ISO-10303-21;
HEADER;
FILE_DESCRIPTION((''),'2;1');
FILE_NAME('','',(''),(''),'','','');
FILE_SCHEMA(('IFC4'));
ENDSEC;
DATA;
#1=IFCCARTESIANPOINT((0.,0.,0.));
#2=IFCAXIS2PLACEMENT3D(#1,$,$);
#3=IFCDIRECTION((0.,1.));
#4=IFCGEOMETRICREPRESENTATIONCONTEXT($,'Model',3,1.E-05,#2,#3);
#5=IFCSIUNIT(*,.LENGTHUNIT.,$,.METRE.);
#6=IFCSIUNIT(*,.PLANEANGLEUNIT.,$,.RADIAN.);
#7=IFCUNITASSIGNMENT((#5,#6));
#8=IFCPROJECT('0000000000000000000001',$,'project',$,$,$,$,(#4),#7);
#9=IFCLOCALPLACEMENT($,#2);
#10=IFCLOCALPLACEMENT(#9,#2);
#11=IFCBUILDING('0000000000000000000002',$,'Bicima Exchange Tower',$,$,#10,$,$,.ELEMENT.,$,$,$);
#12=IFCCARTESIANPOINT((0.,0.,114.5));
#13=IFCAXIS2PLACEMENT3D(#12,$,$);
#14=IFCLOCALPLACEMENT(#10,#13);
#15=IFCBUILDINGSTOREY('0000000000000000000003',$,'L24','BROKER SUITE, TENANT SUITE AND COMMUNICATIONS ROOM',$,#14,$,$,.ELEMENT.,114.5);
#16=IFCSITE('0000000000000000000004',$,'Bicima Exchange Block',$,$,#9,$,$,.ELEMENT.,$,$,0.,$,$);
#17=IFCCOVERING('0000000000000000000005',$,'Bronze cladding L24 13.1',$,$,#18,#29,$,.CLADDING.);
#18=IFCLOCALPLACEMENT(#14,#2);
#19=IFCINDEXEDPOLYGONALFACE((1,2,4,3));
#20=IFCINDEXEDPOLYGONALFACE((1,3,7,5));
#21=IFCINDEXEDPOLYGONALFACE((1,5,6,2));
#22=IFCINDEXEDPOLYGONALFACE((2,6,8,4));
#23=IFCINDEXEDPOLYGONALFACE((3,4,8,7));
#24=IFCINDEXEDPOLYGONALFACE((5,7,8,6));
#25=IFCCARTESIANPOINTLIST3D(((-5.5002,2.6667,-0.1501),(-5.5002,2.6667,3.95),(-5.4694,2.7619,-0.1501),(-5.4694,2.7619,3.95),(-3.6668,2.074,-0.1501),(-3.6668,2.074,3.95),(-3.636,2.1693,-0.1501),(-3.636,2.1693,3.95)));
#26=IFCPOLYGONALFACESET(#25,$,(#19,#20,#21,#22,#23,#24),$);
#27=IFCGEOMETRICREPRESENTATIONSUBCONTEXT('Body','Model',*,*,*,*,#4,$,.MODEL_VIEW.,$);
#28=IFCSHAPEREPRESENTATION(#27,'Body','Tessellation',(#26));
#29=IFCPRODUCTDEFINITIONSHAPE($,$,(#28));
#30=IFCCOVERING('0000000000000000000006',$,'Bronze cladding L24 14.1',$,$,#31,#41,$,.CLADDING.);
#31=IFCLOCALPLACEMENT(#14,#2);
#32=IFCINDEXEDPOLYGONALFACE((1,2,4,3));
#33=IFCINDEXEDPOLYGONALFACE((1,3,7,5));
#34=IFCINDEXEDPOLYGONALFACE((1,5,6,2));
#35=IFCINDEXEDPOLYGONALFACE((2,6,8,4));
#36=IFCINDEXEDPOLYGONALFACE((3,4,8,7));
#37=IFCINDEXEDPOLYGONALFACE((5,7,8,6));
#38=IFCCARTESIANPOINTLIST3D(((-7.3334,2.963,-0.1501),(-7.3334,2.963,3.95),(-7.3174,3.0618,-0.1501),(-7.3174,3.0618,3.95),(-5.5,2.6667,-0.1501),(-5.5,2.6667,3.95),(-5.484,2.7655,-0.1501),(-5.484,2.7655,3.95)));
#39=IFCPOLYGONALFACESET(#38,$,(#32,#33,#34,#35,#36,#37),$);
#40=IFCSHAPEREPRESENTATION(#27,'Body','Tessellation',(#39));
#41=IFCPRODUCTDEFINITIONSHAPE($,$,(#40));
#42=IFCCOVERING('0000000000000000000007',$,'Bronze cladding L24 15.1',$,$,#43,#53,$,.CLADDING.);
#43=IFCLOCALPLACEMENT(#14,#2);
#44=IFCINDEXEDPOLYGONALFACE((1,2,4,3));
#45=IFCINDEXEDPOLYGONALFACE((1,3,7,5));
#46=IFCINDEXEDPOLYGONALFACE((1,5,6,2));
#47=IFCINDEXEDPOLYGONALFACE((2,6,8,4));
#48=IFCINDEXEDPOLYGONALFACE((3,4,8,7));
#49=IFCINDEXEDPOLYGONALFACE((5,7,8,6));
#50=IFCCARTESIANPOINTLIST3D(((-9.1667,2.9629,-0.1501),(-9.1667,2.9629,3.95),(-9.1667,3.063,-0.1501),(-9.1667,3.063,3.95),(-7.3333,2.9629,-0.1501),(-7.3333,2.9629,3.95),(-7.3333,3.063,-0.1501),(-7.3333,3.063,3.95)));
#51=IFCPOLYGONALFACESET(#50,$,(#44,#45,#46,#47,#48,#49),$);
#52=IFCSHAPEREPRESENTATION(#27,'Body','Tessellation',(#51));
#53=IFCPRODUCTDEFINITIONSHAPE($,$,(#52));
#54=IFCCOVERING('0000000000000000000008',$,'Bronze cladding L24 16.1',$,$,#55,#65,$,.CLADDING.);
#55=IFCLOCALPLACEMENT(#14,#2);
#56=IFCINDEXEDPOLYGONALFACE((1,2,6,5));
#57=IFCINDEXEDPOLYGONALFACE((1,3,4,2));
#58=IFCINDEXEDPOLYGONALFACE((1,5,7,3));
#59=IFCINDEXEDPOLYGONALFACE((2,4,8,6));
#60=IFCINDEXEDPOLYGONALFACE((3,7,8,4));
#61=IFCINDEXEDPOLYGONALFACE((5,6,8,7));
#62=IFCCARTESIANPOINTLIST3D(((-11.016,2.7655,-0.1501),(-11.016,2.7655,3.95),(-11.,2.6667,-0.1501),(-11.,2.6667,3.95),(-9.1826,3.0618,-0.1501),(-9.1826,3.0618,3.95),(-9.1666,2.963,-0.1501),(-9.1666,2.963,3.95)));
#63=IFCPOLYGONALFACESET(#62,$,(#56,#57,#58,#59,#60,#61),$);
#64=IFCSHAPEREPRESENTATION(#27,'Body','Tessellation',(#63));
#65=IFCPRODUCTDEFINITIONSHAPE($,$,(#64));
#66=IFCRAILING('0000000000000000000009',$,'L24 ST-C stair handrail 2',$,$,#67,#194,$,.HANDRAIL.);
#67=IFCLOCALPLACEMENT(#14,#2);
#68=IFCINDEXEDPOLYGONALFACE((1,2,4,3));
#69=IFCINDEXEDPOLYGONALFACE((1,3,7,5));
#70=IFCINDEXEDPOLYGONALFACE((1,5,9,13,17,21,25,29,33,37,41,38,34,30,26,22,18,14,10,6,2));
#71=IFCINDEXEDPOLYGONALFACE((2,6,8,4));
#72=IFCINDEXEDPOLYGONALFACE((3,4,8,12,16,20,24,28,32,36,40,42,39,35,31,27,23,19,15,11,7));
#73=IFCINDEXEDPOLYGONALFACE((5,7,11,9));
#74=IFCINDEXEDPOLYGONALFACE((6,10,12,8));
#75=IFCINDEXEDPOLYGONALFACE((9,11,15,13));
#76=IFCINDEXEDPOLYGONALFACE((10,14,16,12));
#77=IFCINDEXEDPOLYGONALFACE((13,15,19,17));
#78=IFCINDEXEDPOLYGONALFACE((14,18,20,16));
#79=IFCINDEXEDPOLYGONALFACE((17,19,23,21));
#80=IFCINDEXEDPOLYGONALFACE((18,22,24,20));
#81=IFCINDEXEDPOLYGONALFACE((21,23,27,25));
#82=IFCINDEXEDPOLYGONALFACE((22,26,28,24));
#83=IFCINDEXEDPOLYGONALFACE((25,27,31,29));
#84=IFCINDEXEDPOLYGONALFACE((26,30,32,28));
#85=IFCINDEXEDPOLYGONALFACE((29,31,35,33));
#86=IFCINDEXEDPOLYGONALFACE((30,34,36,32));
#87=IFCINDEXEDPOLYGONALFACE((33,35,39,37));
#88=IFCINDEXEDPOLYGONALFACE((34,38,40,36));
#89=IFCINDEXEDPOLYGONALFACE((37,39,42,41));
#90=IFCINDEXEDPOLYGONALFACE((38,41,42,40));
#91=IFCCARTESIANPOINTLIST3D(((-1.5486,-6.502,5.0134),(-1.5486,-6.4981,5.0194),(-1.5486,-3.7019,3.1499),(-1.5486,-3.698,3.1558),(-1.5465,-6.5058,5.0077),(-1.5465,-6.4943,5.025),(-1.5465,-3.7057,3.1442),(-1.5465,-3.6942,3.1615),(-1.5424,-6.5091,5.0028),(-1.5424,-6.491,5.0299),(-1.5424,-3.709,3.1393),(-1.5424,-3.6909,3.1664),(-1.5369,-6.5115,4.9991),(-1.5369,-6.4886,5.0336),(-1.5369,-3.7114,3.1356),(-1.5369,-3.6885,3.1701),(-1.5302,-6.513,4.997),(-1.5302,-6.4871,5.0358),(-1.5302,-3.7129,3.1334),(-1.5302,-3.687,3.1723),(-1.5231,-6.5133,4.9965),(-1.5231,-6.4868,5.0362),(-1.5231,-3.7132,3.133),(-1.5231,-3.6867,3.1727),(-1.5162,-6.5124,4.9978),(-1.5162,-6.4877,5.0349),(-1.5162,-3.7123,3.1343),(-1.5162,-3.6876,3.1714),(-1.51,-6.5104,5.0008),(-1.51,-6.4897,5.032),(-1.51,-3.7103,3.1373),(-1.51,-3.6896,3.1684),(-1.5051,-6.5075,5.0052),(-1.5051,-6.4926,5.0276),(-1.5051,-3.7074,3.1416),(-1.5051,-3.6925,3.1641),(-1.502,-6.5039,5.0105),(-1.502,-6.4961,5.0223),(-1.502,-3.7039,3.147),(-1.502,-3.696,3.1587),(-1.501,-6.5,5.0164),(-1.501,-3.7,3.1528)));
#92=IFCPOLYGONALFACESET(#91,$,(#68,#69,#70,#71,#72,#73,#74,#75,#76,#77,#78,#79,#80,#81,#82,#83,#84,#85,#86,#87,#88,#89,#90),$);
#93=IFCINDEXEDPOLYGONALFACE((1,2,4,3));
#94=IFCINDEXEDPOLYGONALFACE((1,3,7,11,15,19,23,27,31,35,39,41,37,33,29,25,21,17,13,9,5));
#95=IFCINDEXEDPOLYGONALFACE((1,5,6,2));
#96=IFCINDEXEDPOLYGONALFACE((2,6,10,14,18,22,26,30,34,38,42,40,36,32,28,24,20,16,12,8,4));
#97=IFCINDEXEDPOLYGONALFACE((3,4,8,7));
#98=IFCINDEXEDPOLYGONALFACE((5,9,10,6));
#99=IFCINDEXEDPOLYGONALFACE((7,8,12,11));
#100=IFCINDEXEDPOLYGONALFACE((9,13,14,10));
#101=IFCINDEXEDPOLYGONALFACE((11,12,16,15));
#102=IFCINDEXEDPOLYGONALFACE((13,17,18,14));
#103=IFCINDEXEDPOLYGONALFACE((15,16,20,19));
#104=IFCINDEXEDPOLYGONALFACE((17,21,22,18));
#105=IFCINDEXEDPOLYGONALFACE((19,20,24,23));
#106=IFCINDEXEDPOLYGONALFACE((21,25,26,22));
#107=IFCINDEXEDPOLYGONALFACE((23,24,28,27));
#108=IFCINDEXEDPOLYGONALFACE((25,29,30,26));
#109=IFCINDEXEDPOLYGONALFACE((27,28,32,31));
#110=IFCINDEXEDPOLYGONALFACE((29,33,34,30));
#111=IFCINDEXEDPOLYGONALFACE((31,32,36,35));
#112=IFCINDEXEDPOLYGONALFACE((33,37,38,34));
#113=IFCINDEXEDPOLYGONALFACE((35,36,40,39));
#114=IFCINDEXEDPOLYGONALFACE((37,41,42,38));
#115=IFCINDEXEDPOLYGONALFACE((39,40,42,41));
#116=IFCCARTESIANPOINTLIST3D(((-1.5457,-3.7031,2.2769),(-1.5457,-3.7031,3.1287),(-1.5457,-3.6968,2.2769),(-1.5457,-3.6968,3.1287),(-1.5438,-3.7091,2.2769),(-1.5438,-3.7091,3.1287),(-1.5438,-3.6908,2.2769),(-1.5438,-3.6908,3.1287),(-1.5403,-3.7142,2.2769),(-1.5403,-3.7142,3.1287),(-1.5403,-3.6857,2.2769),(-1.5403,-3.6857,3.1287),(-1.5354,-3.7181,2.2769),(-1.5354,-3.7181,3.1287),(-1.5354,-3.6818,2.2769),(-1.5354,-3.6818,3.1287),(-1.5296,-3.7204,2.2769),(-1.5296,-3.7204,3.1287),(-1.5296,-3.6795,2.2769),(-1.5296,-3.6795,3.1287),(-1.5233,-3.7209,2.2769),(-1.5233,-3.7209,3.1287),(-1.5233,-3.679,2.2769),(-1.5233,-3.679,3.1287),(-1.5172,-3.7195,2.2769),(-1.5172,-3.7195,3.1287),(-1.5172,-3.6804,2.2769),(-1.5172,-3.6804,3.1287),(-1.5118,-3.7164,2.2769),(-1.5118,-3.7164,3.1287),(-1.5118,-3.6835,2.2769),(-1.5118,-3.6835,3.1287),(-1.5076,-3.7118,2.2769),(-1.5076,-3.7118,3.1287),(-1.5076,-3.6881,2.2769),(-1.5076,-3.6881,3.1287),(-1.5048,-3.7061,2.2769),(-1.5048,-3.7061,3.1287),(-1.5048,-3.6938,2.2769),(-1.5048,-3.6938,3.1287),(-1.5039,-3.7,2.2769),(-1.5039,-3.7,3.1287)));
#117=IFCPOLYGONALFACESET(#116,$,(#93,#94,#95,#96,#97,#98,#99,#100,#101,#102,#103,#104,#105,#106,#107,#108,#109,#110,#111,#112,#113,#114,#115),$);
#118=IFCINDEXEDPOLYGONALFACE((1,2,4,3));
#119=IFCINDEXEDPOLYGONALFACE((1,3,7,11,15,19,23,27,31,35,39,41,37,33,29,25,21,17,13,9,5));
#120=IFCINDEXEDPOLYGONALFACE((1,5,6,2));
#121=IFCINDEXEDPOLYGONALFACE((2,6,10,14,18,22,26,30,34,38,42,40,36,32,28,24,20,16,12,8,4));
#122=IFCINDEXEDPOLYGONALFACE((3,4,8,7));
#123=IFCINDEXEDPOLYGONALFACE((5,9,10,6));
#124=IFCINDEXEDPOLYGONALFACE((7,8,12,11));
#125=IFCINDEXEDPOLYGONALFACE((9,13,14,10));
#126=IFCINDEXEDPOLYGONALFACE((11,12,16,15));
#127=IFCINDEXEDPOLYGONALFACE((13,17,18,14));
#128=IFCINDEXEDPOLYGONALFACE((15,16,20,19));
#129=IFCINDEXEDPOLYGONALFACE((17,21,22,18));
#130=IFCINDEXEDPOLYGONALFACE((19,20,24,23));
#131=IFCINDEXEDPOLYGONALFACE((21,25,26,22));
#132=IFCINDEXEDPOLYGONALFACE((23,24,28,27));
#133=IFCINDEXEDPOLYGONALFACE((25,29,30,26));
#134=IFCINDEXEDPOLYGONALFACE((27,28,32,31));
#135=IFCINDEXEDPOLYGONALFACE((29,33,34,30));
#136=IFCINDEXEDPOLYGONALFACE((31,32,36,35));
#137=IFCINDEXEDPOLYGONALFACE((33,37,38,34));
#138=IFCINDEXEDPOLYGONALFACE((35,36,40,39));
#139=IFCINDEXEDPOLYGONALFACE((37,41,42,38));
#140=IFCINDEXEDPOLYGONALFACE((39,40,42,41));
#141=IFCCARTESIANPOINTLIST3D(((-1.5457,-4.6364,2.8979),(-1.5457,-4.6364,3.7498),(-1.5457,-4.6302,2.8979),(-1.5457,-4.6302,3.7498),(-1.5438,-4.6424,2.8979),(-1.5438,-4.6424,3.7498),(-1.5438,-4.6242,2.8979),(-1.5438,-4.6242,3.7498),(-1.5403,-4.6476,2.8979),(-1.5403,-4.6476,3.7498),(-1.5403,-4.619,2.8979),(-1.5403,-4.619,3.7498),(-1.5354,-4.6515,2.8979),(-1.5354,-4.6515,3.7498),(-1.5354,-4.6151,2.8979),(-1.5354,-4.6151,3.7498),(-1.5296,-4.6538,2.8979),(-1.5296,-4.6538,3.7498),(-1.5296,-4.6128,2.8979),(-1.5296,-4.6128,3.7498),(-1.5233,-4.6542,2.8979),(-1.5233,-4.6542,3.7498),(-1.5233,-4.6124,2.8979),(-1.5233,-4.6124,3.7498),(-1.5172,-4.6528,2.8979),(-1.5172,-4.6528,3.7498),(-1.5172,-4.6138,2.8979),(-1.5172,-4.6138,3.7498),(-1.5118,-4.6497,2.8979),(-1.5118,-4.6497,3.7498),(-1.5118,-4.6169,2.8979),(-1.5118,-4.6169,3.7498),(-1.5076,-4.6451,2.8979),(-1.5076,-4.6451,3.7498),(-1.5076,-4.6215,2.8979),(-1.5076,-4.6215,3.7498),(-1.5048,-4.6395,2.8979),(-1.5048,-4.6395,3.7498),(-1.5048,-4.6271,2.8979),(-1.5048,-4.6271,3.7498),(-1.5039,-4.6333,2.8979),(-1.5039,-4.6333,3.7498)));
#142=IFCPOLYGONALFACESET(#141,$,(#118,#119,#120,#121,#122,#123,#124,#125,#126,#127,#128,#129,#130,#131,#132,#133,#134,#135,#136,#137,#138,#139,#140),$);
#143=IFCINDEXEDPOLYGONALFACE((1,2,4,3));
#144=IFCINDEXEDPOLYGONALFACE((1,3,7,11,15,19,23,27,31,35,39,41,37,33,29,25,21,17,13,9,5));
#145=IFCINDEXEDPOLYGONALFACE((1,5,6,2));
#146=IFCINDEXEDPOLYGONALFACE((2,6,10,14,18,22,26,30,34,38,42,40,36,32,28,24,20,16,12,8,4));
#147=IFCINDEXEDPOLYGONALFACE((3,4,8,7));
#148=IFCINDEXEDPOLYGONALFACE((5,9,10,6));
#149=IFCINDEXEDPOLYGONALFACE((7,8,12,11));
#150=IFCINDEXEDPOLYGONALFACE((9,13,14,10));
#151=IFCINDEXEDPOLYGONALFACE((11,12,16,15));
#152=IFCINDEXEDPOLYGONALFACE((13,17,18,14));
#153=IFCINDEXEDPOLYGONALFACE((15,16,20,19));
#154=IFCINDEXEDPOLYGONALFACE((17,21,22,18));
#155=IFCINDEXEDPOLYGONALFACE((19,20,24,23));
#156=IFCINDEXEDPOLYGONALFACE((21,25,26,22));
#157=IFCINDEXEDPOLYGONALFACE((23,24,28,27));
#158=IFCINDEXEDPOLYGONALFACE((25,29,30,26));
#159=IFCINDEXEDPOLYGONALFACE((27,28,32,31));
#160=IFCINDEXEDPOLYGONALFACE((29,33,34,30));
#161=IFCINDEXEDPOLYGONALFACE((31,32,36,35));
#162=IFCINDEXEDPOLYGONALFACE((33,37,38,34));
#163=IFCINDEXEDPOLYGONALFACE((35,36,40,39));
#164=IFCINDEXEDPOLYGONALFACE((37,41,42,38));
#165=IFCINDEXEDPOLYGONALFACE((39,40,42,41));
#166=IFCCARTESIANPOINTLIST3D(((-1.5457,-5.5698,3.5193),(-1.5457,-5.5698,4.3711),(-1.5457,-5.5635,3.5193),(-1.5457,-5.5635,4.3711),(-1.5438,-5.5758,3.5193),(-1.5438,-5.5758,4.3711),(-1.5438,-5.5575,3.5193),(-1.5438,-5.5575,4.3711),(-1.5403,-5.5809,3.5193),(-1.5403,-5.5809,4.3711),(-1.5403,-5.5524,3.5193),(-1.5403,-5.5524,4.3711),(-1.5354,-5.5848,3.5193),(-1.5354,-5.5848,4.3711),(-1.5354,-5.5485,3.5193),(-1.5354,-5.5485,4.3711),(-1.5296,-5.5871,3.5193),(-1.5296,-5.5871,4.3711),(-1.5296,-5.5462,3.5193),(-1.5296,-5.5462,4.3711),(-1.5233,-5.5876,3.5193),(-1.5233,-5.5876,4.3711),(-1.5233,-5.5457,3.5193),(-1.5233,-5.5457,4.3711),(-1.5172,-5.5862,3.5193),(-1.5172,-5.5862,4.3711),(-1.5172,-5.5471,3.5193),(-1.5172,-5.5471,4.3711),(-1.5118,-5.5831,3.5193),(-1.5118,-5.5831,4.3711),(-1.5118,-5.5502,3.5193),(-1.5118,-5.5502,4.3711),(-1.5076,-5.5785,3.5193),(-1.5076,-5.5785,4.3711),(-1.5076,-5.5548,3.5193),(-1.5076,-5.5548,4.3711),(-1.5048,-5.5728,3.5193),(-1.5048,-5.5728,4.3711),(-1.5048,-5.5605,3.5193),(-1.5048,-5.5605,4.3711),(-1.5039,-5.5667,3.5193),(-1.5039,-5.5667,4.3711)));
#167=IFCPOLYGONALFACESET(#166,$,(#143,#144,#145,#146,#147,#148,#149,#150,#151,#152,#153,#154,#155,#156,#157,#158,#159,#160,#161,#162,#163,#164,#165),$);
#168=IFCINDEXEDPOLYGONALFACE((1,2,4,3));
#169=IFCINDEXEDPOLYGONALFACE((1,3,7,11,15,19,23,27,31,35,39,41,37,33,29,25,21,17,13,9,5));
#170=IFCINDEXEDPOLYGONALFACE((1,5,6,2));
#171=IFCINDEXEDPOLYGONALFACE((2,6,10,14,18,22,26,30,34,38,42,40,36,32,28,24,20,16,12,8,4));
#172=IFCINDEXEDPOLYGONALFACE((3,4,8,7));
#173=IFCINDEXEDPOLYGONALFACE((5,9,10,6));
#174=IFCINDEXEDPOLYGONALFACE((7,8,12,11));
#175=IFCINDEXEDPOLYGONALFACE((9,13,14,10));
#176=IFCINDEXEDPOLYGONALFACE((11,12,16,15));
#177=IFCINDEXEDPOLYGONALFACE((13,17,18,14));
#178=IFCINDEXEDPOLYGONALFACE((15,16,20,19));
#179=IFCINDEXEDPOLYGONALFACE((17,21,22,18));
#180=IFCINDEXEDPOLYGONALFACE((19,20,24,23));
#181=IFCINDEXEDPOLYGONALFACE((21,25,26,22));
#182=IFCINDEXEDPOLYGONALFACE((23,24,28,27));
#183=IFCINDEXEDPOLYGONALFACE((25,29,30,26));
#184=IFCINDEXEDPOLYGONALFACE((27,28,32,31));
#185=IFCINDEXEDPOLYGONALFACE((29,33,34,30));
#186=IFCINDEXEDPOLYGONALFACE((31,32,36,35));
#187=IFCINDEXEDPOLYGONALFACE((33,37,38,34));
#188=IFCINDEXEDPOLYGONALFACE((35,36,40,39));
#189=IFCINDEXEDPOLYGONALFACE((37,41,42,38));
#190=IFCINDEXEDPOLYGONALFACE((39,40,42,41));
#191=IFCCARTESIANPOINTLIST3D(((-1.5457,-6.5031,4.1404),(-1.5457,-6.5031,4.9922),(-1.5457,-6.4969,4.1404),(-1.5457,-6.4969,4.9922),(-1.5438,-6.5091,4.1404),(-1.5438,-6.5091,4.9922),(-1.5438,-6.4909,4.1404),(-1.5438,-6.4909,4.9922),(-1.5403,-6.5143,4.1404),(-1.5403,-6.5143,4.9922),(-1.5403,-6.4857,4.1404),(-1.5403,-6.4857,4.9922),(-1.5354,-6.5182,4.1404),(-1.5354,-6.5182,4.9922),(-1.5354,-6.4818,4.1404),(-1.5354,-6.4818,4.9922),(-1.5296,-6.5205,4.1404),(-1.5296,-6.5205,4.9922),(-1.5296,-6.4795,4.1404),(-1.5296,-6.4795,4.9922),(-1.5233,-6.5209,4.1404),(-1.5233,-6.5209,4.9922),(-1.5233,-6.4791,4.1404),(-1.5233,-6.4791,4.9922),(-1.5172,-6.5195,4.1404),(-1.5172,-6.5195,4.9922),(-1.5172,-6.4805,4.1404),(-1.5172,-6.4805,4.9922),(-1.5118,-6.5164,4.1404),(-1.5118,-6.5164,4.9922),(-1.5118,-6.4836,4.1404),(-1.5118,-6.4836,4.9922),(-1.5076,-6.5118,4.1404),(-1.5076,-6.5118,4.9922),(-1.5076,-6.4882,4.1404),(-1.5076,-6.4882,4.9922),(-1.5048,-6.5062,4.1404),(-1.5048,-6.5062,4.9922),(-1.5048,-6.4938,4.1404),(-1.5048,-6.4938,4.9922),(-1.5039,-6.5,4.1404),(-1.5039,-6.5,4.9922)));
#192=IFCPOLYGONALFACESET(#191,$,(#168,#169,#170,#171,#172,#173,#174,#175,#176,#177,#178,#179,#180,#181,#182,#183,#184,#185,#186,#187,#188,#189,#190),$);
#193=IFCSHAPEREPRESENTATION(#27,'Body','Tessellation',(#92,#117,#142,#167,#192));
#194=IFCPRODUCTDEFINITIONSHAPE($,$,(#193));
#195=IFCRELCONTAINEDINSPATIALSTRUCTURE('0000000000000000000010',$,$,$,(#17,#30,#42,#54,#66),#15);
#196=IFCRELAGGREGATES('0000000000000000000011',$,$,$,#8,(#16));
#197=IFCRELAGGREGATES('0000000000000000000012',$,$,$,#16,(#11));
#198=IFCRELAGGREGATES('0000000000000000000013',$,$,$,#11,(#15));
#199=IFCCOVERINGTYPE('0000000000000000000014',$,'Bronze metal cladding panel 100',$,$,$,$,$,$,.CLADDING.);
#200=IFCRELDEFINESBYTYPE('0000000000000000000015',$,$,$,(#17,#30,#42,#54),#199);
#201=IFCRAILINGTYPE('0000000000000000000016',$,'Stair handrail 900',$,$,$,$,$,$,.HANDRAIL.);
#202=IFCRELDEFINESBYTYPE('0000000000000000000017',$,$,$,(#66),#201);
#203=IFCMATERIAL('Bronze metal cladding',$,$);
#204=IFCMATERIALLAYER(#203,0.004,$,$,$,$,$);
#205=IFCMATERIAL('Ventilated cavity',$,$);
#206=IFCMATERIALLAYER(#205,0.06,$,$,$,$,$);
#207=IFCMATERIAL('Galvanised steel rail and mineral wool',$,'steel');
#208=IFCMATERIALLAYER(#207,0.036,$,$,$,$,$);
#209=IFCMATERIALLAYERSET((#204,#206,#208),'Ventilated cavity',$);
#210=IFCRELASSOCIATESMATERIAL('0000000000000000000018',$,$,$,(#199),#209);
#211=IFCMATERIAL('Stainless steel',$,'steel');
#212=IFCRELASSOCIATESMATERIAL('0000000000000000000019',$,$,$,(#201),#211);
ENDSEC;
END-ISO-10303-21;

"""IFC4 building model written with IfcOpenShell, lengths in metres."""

from ifc_helpers import new_model, si_unit, direction, frame, origin, origin_2d, place, context, subcontext, project, spatial, rectangle, circle, extrude, material, layer, layer_set, type_object, element, save


model = new_model("IFC4")

# Units and contexts
model_context = context("Model", 3, precision=1e-05, world=origin(), true_north=direction((0.0, 1.0)))
body_context = subcontext(model_context, "Body", "Model", "MODEL_VIEW")
ifc_project = project(units=[si_unit("LENGTHUNIT", "METRE"), si_unit("PLANEANGLEUNIT", "RADIAN")], contexts=[model_context])

# Site, building, storey
site_placement = place(None, origin())
site = spatial("IfcSite", under=ifc_project, at=site_placement, Name="Bicima Exchange Block", CompositionType="ELEMENT", RefElevation=0.0)
building_placement = place(site_placement, origin())
building = spatial("IfcBuilding", under=site, at=building_placement, Name="Bicima Exchange Tower", CompositionType="ELEMENT")
storey_placement = place(building_placement, frame((0.0, 0.0, 114.5)))
storey = spatial("IfcBuildingStorey", under=building, at=storey_placement, Name="L24", Description="BROKER SUITE, TENANT SUITE AND COMMUNICATIONS ROOM", CompositionType="ELEMENT", Elevation=114.5)

# Coverings
ifc_material_1 = material(Name="Bronze metal cladding")
ifc_layer_1 = layer(ifc_material_1, 0.004)
ifc_material_2 = material(Name="Ventilated cavity")
ifc_layer_2 = layer(ifc_material_2, 0.06)
ifc_material_3 = material(Name="Galvanised steel rail and mineral wool", Category="steel")
ifc_layer_3 = layer(ifc_material_3, 0.036)
ifc_layer_set_1 = layer_set([ifc_layer_1, ifc_layer_2, ifc_layer_3], Name="Ventilated cavity")
covering_type = type_object("IfcCoveringType", Name="Bronze metal cladding panel 100", PredefinedType="CLADDING", material=ifc_layer_set_1)
covering_1_placement = place(storey_placement, frame((-4.5681, 2.418, -0.1501), z_axis=(0.0, 0.0, 1.0), x_axis=(-0.951525, 0.307573, 0.0)))
element("IfcCovering", 1, at=covering_1_placement, inside=storey, type_object=covering_type, Name="Bronze cladding L24 13.1", PredefinedType="CLADDING", context=body_context, shape_type="SweptSolid", body=[
    extrude(rectangle(XDim=1.9268, YDim=0.1001, at=origin_2d()), origin(), (0.0, 0.0, 1.0), 4.1001),
])
covering_2_placement = place(storey_placement, frame((-6.4087, 2.8643, -0.1501), z_axis=(0.0, 0.0, 1.0), x_axis=(-0.98719, 0.15955, 0.0)))
element("IfcCovering", 2, at=covering_2_placement, inside=storey, type_object=covering_type, Name="Bronze cladding L24 14.1", PredefinedType="CLADDING", context=body_context, shape_type="SweptSolid", body=[
    extrude(rectangle(XDim=1.8572, YDim=0.1001, at=origin_2d()), origin(), (0.0, 0.0, 1.0), 4.1001),
])
covering_3_placement = place(storey_placement, frame((-8.25, 3.0129, -0.1501), z_axis=(0.0, 0.0, 1.0), x_axis=(-1.0, 0.0, 0.0)))
element("IfcCovering", 3, at=covering_3_placement, inside=storey, type_object=covering_type, Name="Bronze cladding L24 15.1", PredefinedType="CLADDING", context=body_context, shape_type="SweptSolid", body=[
    extrude(rectangle(XDim=1.8335, YDim=0.1001, at=origin_2d()), origin(), (0.0, 0.0, 1.0), 4.1001),
])
covering_4_placement = place(storey_placement, frame((-10.0913, 2.8643, -0.1501), z_axis=(0.0, 0.0, 1.0), x_axis=(-0.98719, -0.15955, 0.0)))
element("IfcCovering", 4, at=covering_4_placement, inside=storey, type_object=covering_type, Name="Bronze cladding L24 16.1", PredefinedType="CLADDING", context=body_context, shape_type="SweptSolid", body=[
    extrude(rectangle(XDim=1.8572, YDim=0.1001, at=origin_2d()), origin(), (0.0, 0.0, 1.0), 4.1001),
])

# Railing
ifc_material_4 = material(Name="Stainless steel", Category="steel")
railing_type = type_object("IfcRailingType", Name="Stair handrail 900", PredefinedType="HANDRAIL", material=ifc_material_4)
railing_placement = place(storey_placement, frame((-1.5249, -3.7, 2.2769)))
element("IfcRailing", 5, at=railing_placement, inside=storey, type_object=railing_type, Name="L24 ST-C stair handrail 2", PredefinedType="HANDRAIL", context=body_context, shape_type="SweptSolid", body=[
    extrude(circle(Radius=0.0239, at=origin_2d()), frame((0.0, 0.0, 0.876), z_axis=(0.0, -0.832486, 0.554047), x_axis=(1.0, 0.0, 0.0)), (0.0, 0.0, 1.0), 3.3635),
    extrude(circle(Radius=0.021, at=origin_2d()), origin(), (0.0, 0.0, 1.0), 0.8518),
    extrude(circle(Radius=0.021, at=origin_2d()), frame((0.0, -0.9333, 0.6211)), (0.0, 0.0, 1.0), 0.8518),
    extrude(circle(Radius=0.021, at=origin_2d()), frame((0.0, -1.8667, 1.2424)), (0.0, 0.0, 1.0), 0.8518),
    extrude(circle(Radius=0.021, at=origin_2d()), frame((0.0, -2.8, 1.8635)), (0.0, 0.0, 1.0), 0.8518),
])

save(model, "model.ifc")
